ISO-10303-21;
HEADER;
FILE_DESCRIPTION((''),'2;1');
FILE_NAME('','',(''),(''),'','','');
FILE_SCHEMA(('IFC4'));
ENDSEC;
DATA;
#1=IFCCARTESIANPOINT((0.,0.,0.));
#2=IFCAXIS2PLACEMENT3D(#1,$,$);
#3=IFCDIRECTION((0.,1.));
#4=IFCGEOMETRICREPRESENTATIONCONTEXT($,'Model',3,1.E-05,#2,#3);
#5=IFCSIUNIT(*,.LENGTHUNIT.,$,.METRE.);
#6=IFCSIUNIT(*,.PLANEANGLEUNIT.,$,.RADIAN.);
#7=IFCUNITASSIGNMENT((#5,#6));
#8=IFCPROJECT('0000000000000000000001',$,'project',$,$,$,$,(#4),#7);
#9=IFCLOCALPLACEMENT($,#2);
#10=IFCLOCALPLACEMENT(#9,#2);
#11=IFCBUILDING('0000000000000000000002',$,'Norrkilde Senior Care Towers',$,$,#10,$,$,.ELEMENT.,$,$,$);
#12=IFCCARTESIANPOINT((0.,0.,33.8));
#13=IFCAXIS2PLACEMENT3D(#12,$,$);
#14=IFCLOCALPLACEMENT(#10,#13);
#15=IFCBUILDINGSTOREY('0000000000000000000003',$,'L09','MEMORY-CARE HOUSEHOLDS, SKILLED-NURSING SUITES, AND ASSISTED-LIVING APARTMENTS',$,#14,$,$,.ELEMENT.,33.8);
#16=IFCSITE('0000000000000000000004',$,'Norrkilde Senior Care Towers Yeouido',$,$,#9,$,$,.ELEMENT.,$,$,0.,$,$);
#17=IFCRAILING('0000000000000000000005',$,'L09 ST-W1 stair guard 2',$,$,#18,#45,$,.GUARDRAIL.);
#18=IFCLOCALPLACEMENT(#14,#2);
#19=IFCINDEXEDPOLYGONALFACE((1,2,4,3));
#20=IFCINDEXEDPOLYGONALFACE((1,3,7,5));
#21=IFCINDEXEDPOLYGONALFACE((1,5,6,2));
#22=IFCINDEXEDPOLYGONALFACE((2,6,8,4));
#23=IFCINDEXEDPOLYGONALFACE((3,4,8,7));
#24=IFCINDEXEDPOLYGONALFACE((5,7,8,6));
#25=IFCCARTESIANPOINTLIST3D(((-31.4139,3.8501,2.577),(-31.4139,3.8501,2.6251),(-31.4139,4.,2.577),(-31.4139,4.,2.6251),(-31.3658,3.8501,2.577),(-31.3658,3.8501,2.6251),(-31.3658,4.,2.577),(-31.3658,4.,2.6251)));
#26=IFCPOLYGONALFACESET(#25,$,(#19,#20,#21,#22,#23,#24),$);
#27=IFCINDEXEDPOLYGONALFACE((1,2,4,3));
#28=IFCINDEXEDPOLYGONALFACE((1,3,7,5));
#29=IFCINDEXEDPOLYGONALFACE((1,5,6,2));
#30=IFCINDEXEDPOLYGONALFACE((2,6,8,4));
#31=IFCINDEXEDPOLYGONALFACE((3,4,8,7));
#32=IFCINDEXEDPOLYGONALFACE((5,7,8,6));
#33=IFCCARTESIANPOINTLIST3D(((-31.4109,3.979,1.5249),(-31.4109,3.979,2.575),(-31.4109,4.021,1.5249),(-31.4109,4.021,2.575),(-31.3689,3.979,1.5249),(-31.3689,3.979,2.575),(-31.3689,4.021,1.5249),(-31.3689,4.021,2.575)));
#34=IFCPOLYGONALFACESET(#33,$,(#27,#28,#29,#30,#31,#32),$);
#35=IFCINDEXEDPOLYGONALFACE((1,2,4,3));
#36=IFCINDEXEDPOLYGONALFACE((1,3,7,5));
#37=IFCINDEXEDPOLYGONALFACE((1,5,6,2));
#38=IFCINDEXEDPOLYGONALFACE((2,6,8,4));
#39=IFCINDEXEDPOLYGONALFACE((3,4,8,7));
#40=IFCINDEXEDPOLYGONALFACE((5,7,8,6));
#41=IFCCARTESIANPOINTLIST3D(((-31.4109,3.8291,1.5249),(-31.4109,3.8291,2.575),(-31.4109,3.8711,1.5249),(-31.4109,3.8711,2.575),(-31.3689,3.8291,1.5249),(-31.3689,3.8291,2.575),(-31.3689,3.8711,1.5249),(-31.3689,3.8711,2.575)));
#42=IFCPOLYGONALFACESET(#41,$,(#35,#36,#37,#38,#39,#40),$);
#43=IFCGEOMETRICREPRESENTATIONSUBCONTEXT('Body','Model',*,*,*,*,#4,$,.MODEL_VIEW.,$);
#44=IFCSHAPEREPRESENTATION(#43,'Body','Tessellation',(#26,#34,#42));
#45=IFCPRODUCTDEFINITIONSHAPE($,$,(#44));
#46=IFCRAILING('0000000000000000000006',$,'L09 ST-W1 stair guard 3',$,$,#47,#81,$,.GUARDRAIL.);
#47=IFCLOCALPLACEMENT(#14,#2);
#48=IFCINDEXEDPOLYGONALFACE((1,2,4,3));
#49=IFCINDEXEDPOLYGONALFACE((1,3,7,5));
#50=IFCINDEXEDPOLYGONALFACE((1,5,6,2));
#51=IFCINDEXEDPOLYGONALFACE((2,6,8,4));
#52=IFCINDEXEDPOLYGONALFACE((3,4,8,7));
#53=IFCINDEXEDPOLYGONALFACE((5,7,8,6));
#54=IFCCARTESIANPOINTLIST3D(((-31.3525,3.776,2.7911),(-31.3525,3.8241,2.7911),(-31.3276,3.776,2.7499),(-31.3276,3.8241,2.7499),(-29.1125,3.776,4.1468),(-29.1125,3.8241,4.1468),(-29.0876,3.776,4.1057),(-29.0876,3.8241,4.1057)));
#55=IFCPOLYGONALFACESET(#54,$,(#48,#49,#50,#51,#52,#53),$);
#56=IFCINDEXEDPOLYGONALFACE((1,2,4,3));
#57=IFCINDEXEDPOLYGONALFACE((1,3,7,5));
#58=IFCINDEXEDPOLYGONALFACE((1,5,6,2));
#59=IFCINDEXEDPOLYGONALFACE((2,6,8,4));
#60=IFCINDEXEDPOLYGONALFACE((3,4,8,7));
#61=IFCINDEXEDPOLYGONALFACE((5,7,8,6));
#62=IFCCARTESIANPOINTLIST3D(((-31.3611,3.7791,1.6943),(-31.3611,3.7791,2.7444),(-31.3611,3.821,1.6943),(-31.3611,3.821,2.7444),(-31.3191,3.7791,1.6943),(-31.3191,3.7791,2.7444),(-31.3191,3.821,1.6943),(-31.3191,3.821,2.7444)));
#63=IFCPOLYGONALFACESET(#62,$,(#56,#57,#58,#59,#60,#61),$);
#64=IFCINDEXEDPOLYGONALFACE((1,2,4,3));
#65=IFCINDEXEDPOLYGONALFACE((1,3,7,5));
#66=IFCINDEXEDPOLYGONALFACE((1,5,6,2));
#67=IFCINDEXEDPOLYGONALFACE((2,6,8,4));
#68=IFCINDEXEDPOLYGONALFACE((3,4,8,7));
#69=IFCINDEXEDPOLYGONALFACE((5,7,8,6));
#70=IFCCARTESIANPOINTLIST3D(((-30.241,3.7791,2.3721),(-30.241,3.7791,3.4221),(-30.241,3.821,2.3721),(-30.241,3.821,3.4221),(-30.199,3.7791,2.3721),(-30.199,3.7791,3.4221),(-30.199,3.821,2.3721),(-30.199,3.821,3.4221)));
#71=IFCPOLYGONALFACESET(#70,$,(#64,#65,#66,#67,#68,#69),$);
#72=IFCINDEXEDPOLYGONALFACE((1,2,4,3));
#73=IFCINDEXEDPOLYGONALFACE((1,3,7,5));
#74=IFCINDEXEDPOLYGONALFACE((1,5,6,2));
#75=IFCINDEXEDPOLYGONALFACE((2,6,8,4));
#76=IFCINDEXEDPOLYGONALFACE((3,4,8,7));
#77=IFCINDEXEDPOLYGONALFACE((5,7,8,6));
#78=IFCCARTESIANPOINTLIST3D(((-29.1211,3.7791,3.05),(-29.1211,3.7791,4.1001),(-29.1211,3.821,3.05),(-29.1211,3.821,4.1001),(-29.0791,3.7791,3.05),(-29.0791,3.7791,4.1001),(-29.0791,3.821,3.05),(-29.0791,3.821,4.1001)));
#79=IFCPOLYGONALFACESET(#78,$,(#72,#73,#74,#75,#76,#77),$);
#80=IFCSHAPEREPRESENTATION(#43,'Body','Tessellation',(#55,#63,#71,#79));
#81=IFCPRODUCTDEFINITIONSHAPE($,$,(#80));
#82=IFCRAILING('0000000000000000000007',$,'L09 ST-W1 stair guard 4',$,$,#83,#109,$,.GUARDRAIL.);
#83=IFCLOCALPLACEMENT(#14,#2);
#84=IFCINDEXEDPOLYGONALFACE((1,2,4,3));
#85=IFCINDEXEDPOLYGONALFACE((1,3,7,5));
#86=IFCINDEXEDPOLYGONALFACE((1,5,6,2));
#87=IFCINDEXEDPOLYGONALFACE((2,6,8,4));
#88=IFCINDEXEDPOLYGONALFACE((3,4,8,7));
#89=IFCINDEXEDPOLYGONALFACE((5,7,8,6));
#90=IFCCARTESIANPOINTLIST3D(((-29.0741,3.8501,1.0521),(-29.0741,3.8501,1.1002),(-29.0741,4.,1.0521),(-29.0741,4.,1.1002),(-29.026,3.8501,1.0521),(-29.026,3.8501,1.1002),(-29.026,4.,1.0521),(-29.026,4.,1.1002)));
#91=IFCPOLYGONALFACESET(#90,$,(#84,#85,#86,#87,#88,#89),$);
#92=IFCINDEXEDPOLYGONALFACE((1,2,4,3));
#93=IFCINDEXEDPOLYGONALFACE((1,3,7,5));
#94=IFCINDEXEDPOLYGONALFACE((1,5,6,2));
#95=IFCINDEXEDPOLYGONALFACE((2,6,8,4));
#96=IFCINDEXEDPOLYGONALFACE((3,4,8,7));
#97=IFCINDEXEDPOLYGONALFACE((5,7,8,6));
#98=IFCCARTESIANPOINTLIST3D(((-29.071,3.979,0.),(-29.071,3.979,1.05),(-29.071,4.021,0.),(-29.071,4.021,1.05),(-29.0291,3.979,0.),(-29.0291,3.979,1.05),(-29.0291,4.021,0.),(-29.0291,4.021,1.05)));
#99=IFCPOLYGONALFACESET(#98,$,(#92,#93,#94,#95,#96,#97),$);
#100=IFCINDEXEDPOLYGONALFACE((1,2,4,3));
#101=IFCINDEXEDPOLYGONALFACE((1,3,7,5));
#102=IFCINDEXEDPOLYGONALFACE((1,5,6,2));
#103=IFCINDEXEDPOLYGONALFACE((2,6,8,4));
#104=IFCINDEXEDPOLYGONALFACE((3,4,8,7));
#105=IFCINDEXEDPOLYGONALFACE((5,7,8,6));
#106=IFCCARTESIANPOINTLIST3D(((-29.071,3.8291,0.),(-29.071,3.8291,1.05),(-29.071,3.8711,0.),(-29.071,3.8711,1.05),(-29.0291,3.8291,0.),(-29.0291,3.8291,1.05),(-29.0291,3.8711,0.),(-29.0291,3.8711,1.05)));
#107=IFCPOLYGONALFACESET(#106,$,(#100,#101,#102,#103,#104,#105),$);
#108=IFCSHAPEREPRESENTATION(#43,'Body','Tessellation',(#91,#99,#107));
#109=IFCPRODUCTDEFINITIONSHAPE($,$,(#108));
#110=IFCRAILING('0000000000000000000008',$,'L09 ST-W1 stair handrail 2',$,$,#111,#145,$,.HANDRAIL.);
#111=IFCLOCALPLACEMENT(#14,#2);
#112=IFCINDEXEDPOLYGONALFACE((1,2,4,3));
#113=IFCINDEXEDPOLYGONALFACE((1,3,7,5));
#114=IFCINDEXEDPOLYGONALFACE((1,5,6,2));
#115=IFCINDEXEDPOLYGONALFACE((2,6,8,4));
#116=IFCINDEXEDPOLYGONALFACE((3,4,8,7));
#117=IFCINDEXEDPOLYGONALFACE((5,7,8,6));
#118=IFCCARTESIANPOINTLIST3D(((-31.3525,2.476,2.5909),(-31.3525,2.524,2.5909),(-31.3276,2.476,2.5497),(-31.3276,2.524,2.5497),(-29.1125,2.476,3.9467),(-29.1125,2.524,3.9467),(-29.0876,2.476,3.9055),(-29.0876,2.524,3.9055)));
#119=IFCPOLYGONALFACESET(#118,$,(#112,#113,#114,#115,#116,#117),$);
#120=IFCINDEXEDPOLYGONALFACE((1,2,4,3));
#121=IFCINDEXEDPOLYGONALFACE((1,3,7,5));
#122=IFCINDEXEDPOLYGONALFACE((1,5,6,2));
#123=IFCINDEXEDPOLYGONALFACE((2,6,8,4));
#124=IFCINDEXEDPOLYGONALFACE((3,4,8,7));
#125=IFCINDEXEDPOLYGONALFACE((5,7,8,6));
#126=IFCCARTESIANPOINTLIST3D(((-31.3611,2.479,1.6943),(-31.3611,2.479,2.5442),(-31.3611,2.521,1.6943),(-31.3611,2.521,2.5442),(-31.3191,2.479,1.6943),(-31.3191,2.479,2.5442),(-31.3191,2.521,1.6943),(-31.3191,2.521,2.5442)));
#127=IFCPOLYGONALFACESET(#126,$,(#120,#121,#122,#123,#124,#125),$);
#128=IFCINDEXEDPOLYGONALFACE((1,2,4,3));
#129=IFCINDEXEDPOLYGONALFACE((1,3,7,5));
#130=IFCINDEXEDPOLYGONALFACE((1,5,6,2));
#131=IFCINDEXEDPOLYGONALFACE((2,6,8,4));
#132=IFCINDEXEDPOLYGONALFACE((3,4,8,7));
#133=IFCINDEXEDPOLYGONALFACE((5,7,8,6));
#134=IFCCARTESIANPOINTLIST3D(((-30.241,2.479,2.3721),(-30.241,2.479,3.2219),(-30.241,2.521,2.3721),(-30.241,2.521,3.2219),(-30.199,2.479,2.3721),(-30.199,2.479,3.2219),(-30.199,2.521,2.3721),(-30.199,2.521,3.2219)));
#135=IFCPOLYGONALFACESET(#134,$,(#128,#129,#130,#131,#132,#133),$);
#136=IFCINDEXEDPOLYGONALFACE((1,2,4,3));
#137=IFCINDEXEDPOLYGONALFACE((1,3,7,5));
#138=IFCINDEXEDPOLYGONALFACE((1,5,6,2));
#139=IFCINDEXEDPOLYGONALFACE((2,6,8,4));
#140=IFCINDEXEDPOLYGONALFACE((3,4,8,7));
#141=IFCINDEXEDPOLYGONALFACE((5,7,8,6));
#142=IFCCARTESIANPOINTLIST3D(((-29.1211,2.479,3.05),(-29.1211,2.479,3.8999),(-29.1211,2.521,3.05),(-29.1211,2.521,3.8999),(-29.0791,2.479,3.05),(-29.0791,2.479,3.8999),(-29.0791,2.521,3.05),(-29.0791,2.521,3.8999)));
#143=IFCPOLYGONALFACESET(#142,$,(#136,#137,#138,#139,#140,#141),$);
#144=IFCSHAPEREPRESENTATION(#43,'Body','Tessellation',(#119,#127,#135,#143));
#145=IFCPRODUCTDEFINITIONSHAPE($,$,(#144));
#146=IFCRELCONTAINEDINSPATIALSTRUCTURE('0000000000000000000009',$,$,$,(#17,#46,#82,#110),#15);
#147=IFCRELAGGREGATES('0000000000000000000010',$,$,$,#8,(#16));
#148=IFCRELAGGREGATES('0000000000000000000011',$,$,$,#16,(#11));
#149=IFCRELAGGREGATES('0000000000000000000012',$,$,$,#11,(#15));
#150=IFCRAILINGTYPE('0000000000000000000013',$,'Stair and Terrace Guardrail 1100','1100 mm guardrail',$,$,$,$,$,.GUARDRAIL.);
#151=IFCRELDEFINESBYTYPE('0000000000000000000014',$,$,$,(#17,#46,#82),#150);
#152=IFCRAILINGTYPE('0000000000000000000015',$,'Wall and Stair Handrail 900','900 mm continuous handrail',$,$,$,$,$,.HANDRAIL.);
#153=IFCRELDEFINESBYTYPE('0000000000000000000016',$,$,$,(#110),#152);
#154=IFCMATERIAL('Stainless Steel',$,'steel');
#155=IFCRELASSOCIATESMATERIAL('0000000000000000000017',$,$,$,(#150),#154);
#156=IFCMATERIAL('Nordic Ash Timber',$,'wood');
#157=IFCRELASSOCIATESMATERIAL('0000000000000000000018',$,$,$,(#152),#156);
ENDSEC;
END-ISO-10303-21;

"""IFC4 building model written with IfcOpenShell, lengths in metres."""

from ifc_helpers import new_model, si_unit, direction, frame, origin, origin_2d, place, context, subcontext, project, spatial, rectangle, extrude, material, type_object, element, save


model = new_model("IFC4")

# Units and contexts
model_context = context("Model", 3, precision=1e-05, world=origin(), true_north=direction((0.0, 1.0)))
body_context = subcontext(model_context, "Body", "Model", "MODEL_VIEW")
ifc_project = project(units=[si_unit("LENGTHUNIT", "METRE"), si_unit("PLANEANGLEUNIT", "RADIAN")], contexts=[model_context])

# Site, building, storey
site_placement = place(None, origin())
site = spatial("IfcSite", under=ifc_project, at=site_placement, Name="Norrkilde Senior Care Towers Yeouido", CompositionType="ELEMENT", RefElevation=0.0)
building_placement = place(site_placement, origin())
building = spatial("IfcBuilding", under=site, at=building_placement, Name="Norrkilde Senior Care Towers", CompositionType="ELEMENT")
storey_placement = place(building_placement, frame((0.0, 0.0, 33.8)))
storey = spatial("IfcBuildingStorey", under=building, at=storey_placement, Name="L09", Description="MEMORY-CARE HOUSEHOLDS, SKILLED-NURSING SUITES, AND ASSISTED-LIVING APARTMENTS", CompositionType="ELEMENT", Elevation=33.8)

# Shared definitions
ifc_material_1 = material(Name="Stainless Steel", Category="steel")

# Railings
railing_type_1 = type_object("IfcRailingType", Name="Stair and Terrace Guardrail 1100", Description="1100 mm guardrail", PredefinedType="GUARDRAIL", material=ifc_material_1)
railing_1_placement = place(storey_placement, frame((-31.3899, 4.0, 1.5249)))
element("IfcRailing", 1, at=railing_1_placement, inside=storey, type_object=railing_type_1, Name="L09 ST-W1 stair guard 2", PredefinedType="GUARDRAIL", context=body_context, shape_type="SweptSolid", body=[
    extrude(rectangle(XDim=0.0481, YDim=0.0481, at=origin_2d()), frame((0.0, 0.0, 1.0762), z_axis=(0.0, -1.0, 0.0), x_axis=(1.0, 0.0, 0.0)), (0.0, 0.0, 1.0), 0.1499),
    extrude(rectangle(XDim=0.042, YDim=0.042, at=origin_2d()), origin(), (0.0, 0.0, 1.0), 1.05),
    extrude(rectangle(XDim=0.042, YDim=0.042, at=origin_2d()), frame((0.0, -0.1499, 0.0)), (0.0, 0.0, 1.0), 1.05),
])
railing_2_placement = place(storey_placement, frame((-31.3401, 3.8, 1.6943)))
element("IfcRailing", 2, at=railing_2_placement, inside=storey, type_object=railing_type_1, Name="L09 ST-W1 stair guard 3", PredefinedType="GUARDRAIL", context=body_context, shape_type="SweptSolid", body=[
    extrude(rectangle(XDim=0.0481, YDim=0.0481, at=origin_2d()), frame((0.0, 0.0, 1.0762), z_axis=(0.855512, 0.0, 0.517783), x_axis=(0.0, 1.0, 0.0)), (0.0, 0.0, 1.0), 2.6184),
    extrude(rectangle(XDim=0.042, YDim=0.042, at=origin_2d()), origin(), (0.0, 0.0, 1.0), 1.05),
    extrude(rectangle(XDim=0.042, YDim=0.042, at=origin_2d()), frame((1.1201, 0.0, 0.6777)), (0.0, 0.0, 1.0), 1.05),
    extrude(rectangle(XDim=0.042, YDim=0.042, at=origin_2d()), frame((2.24, 0.0, 1.3557)), (0.0, 0.0, 1.0), 1.05),
])
railing_3_placement = place(storey_placement, frame((-29.05, 4.0, 0.0)))
element("IfcRailing", 3, at=railing_3_placement, inside=storey, type_object=railing_type_1, Name="L09 ST-W1 stair guard 4", PredefinedType="GUARDRAIL", context=body_context, shape_type="SweptSolid", body=[
    extrude(rectangle(XDim=0.0481, YDim=0.0481, at=origin_2d()), frame((0.0, 0.0, 1.0762), z_axis=(0.0, -1.0, 0.0), x_axis=(1.0, 0.0, 0.0)), (0.0, 0.0, 1.0), 0.1499),
    extrude(rectangle(XDim=0.042, YDim=0.042, at=origin_2d()), origin(), (0.0, 0.0, 1.0), 1.05),
    extrude(rectangle(XDim=0.042, YDim=0.042, at=origin_2d()), frame((0.0, -0.1499, 0.0)), (0.0, 0.0, 1.0), 1.05),
])
ifc_material_2 = material(Name="Nordic Ash Timber", Category="wood")
railing_type_2 = type_object("IfcRailingType", Name="Wall and Stair Handrail 900", Description="900 mm continuous handrail", PredefinedType="HANDRAIL", material=ifc_material_2)
railing_4_placement = place(storey_placement, frame((-31.3401, 2.5, 1.6943)))
element("IfcRailing", 4, at=railing_4_placement, inside=storey, type_object=railing_type_2, Name="L09 ST-W1 stair handrail 2", PredefinedType="HANDRAIL", context=body_context, shape_type="SweptSolid", body=[
    extrude(rectangle(XDim=0.0481, YDim=0.0481, at=origin_2d()), frame((0.0, 0.0, 0.876), z_axis=(0.855512, 0.0, 0.517783), x_axis=(0.0, 1.0, 0.0)), (0.0, 0.0, 1.0), 2.6184),
    extrude(rectangle(XDim=0.042, YDim=0.042, at=origin_2d()), origin(), (0.0, 0.0, 1.0), 0.8499),
    extrude(rectangle(XDim=0.042, YDim=0.042, at=origin_2d()), frame((1.1201, 0.0, 0.6777)), (0.0, 0.0, 1.0), 0.8499),
    extrude(rectangle(XDim=0.042, YDim=0.042, at=origin_2d()), frame((2.24, 0.0, 1.3557)), (0.0, 0.0, 1.0), 0.8499),
])

save(model, "model.ifc")
